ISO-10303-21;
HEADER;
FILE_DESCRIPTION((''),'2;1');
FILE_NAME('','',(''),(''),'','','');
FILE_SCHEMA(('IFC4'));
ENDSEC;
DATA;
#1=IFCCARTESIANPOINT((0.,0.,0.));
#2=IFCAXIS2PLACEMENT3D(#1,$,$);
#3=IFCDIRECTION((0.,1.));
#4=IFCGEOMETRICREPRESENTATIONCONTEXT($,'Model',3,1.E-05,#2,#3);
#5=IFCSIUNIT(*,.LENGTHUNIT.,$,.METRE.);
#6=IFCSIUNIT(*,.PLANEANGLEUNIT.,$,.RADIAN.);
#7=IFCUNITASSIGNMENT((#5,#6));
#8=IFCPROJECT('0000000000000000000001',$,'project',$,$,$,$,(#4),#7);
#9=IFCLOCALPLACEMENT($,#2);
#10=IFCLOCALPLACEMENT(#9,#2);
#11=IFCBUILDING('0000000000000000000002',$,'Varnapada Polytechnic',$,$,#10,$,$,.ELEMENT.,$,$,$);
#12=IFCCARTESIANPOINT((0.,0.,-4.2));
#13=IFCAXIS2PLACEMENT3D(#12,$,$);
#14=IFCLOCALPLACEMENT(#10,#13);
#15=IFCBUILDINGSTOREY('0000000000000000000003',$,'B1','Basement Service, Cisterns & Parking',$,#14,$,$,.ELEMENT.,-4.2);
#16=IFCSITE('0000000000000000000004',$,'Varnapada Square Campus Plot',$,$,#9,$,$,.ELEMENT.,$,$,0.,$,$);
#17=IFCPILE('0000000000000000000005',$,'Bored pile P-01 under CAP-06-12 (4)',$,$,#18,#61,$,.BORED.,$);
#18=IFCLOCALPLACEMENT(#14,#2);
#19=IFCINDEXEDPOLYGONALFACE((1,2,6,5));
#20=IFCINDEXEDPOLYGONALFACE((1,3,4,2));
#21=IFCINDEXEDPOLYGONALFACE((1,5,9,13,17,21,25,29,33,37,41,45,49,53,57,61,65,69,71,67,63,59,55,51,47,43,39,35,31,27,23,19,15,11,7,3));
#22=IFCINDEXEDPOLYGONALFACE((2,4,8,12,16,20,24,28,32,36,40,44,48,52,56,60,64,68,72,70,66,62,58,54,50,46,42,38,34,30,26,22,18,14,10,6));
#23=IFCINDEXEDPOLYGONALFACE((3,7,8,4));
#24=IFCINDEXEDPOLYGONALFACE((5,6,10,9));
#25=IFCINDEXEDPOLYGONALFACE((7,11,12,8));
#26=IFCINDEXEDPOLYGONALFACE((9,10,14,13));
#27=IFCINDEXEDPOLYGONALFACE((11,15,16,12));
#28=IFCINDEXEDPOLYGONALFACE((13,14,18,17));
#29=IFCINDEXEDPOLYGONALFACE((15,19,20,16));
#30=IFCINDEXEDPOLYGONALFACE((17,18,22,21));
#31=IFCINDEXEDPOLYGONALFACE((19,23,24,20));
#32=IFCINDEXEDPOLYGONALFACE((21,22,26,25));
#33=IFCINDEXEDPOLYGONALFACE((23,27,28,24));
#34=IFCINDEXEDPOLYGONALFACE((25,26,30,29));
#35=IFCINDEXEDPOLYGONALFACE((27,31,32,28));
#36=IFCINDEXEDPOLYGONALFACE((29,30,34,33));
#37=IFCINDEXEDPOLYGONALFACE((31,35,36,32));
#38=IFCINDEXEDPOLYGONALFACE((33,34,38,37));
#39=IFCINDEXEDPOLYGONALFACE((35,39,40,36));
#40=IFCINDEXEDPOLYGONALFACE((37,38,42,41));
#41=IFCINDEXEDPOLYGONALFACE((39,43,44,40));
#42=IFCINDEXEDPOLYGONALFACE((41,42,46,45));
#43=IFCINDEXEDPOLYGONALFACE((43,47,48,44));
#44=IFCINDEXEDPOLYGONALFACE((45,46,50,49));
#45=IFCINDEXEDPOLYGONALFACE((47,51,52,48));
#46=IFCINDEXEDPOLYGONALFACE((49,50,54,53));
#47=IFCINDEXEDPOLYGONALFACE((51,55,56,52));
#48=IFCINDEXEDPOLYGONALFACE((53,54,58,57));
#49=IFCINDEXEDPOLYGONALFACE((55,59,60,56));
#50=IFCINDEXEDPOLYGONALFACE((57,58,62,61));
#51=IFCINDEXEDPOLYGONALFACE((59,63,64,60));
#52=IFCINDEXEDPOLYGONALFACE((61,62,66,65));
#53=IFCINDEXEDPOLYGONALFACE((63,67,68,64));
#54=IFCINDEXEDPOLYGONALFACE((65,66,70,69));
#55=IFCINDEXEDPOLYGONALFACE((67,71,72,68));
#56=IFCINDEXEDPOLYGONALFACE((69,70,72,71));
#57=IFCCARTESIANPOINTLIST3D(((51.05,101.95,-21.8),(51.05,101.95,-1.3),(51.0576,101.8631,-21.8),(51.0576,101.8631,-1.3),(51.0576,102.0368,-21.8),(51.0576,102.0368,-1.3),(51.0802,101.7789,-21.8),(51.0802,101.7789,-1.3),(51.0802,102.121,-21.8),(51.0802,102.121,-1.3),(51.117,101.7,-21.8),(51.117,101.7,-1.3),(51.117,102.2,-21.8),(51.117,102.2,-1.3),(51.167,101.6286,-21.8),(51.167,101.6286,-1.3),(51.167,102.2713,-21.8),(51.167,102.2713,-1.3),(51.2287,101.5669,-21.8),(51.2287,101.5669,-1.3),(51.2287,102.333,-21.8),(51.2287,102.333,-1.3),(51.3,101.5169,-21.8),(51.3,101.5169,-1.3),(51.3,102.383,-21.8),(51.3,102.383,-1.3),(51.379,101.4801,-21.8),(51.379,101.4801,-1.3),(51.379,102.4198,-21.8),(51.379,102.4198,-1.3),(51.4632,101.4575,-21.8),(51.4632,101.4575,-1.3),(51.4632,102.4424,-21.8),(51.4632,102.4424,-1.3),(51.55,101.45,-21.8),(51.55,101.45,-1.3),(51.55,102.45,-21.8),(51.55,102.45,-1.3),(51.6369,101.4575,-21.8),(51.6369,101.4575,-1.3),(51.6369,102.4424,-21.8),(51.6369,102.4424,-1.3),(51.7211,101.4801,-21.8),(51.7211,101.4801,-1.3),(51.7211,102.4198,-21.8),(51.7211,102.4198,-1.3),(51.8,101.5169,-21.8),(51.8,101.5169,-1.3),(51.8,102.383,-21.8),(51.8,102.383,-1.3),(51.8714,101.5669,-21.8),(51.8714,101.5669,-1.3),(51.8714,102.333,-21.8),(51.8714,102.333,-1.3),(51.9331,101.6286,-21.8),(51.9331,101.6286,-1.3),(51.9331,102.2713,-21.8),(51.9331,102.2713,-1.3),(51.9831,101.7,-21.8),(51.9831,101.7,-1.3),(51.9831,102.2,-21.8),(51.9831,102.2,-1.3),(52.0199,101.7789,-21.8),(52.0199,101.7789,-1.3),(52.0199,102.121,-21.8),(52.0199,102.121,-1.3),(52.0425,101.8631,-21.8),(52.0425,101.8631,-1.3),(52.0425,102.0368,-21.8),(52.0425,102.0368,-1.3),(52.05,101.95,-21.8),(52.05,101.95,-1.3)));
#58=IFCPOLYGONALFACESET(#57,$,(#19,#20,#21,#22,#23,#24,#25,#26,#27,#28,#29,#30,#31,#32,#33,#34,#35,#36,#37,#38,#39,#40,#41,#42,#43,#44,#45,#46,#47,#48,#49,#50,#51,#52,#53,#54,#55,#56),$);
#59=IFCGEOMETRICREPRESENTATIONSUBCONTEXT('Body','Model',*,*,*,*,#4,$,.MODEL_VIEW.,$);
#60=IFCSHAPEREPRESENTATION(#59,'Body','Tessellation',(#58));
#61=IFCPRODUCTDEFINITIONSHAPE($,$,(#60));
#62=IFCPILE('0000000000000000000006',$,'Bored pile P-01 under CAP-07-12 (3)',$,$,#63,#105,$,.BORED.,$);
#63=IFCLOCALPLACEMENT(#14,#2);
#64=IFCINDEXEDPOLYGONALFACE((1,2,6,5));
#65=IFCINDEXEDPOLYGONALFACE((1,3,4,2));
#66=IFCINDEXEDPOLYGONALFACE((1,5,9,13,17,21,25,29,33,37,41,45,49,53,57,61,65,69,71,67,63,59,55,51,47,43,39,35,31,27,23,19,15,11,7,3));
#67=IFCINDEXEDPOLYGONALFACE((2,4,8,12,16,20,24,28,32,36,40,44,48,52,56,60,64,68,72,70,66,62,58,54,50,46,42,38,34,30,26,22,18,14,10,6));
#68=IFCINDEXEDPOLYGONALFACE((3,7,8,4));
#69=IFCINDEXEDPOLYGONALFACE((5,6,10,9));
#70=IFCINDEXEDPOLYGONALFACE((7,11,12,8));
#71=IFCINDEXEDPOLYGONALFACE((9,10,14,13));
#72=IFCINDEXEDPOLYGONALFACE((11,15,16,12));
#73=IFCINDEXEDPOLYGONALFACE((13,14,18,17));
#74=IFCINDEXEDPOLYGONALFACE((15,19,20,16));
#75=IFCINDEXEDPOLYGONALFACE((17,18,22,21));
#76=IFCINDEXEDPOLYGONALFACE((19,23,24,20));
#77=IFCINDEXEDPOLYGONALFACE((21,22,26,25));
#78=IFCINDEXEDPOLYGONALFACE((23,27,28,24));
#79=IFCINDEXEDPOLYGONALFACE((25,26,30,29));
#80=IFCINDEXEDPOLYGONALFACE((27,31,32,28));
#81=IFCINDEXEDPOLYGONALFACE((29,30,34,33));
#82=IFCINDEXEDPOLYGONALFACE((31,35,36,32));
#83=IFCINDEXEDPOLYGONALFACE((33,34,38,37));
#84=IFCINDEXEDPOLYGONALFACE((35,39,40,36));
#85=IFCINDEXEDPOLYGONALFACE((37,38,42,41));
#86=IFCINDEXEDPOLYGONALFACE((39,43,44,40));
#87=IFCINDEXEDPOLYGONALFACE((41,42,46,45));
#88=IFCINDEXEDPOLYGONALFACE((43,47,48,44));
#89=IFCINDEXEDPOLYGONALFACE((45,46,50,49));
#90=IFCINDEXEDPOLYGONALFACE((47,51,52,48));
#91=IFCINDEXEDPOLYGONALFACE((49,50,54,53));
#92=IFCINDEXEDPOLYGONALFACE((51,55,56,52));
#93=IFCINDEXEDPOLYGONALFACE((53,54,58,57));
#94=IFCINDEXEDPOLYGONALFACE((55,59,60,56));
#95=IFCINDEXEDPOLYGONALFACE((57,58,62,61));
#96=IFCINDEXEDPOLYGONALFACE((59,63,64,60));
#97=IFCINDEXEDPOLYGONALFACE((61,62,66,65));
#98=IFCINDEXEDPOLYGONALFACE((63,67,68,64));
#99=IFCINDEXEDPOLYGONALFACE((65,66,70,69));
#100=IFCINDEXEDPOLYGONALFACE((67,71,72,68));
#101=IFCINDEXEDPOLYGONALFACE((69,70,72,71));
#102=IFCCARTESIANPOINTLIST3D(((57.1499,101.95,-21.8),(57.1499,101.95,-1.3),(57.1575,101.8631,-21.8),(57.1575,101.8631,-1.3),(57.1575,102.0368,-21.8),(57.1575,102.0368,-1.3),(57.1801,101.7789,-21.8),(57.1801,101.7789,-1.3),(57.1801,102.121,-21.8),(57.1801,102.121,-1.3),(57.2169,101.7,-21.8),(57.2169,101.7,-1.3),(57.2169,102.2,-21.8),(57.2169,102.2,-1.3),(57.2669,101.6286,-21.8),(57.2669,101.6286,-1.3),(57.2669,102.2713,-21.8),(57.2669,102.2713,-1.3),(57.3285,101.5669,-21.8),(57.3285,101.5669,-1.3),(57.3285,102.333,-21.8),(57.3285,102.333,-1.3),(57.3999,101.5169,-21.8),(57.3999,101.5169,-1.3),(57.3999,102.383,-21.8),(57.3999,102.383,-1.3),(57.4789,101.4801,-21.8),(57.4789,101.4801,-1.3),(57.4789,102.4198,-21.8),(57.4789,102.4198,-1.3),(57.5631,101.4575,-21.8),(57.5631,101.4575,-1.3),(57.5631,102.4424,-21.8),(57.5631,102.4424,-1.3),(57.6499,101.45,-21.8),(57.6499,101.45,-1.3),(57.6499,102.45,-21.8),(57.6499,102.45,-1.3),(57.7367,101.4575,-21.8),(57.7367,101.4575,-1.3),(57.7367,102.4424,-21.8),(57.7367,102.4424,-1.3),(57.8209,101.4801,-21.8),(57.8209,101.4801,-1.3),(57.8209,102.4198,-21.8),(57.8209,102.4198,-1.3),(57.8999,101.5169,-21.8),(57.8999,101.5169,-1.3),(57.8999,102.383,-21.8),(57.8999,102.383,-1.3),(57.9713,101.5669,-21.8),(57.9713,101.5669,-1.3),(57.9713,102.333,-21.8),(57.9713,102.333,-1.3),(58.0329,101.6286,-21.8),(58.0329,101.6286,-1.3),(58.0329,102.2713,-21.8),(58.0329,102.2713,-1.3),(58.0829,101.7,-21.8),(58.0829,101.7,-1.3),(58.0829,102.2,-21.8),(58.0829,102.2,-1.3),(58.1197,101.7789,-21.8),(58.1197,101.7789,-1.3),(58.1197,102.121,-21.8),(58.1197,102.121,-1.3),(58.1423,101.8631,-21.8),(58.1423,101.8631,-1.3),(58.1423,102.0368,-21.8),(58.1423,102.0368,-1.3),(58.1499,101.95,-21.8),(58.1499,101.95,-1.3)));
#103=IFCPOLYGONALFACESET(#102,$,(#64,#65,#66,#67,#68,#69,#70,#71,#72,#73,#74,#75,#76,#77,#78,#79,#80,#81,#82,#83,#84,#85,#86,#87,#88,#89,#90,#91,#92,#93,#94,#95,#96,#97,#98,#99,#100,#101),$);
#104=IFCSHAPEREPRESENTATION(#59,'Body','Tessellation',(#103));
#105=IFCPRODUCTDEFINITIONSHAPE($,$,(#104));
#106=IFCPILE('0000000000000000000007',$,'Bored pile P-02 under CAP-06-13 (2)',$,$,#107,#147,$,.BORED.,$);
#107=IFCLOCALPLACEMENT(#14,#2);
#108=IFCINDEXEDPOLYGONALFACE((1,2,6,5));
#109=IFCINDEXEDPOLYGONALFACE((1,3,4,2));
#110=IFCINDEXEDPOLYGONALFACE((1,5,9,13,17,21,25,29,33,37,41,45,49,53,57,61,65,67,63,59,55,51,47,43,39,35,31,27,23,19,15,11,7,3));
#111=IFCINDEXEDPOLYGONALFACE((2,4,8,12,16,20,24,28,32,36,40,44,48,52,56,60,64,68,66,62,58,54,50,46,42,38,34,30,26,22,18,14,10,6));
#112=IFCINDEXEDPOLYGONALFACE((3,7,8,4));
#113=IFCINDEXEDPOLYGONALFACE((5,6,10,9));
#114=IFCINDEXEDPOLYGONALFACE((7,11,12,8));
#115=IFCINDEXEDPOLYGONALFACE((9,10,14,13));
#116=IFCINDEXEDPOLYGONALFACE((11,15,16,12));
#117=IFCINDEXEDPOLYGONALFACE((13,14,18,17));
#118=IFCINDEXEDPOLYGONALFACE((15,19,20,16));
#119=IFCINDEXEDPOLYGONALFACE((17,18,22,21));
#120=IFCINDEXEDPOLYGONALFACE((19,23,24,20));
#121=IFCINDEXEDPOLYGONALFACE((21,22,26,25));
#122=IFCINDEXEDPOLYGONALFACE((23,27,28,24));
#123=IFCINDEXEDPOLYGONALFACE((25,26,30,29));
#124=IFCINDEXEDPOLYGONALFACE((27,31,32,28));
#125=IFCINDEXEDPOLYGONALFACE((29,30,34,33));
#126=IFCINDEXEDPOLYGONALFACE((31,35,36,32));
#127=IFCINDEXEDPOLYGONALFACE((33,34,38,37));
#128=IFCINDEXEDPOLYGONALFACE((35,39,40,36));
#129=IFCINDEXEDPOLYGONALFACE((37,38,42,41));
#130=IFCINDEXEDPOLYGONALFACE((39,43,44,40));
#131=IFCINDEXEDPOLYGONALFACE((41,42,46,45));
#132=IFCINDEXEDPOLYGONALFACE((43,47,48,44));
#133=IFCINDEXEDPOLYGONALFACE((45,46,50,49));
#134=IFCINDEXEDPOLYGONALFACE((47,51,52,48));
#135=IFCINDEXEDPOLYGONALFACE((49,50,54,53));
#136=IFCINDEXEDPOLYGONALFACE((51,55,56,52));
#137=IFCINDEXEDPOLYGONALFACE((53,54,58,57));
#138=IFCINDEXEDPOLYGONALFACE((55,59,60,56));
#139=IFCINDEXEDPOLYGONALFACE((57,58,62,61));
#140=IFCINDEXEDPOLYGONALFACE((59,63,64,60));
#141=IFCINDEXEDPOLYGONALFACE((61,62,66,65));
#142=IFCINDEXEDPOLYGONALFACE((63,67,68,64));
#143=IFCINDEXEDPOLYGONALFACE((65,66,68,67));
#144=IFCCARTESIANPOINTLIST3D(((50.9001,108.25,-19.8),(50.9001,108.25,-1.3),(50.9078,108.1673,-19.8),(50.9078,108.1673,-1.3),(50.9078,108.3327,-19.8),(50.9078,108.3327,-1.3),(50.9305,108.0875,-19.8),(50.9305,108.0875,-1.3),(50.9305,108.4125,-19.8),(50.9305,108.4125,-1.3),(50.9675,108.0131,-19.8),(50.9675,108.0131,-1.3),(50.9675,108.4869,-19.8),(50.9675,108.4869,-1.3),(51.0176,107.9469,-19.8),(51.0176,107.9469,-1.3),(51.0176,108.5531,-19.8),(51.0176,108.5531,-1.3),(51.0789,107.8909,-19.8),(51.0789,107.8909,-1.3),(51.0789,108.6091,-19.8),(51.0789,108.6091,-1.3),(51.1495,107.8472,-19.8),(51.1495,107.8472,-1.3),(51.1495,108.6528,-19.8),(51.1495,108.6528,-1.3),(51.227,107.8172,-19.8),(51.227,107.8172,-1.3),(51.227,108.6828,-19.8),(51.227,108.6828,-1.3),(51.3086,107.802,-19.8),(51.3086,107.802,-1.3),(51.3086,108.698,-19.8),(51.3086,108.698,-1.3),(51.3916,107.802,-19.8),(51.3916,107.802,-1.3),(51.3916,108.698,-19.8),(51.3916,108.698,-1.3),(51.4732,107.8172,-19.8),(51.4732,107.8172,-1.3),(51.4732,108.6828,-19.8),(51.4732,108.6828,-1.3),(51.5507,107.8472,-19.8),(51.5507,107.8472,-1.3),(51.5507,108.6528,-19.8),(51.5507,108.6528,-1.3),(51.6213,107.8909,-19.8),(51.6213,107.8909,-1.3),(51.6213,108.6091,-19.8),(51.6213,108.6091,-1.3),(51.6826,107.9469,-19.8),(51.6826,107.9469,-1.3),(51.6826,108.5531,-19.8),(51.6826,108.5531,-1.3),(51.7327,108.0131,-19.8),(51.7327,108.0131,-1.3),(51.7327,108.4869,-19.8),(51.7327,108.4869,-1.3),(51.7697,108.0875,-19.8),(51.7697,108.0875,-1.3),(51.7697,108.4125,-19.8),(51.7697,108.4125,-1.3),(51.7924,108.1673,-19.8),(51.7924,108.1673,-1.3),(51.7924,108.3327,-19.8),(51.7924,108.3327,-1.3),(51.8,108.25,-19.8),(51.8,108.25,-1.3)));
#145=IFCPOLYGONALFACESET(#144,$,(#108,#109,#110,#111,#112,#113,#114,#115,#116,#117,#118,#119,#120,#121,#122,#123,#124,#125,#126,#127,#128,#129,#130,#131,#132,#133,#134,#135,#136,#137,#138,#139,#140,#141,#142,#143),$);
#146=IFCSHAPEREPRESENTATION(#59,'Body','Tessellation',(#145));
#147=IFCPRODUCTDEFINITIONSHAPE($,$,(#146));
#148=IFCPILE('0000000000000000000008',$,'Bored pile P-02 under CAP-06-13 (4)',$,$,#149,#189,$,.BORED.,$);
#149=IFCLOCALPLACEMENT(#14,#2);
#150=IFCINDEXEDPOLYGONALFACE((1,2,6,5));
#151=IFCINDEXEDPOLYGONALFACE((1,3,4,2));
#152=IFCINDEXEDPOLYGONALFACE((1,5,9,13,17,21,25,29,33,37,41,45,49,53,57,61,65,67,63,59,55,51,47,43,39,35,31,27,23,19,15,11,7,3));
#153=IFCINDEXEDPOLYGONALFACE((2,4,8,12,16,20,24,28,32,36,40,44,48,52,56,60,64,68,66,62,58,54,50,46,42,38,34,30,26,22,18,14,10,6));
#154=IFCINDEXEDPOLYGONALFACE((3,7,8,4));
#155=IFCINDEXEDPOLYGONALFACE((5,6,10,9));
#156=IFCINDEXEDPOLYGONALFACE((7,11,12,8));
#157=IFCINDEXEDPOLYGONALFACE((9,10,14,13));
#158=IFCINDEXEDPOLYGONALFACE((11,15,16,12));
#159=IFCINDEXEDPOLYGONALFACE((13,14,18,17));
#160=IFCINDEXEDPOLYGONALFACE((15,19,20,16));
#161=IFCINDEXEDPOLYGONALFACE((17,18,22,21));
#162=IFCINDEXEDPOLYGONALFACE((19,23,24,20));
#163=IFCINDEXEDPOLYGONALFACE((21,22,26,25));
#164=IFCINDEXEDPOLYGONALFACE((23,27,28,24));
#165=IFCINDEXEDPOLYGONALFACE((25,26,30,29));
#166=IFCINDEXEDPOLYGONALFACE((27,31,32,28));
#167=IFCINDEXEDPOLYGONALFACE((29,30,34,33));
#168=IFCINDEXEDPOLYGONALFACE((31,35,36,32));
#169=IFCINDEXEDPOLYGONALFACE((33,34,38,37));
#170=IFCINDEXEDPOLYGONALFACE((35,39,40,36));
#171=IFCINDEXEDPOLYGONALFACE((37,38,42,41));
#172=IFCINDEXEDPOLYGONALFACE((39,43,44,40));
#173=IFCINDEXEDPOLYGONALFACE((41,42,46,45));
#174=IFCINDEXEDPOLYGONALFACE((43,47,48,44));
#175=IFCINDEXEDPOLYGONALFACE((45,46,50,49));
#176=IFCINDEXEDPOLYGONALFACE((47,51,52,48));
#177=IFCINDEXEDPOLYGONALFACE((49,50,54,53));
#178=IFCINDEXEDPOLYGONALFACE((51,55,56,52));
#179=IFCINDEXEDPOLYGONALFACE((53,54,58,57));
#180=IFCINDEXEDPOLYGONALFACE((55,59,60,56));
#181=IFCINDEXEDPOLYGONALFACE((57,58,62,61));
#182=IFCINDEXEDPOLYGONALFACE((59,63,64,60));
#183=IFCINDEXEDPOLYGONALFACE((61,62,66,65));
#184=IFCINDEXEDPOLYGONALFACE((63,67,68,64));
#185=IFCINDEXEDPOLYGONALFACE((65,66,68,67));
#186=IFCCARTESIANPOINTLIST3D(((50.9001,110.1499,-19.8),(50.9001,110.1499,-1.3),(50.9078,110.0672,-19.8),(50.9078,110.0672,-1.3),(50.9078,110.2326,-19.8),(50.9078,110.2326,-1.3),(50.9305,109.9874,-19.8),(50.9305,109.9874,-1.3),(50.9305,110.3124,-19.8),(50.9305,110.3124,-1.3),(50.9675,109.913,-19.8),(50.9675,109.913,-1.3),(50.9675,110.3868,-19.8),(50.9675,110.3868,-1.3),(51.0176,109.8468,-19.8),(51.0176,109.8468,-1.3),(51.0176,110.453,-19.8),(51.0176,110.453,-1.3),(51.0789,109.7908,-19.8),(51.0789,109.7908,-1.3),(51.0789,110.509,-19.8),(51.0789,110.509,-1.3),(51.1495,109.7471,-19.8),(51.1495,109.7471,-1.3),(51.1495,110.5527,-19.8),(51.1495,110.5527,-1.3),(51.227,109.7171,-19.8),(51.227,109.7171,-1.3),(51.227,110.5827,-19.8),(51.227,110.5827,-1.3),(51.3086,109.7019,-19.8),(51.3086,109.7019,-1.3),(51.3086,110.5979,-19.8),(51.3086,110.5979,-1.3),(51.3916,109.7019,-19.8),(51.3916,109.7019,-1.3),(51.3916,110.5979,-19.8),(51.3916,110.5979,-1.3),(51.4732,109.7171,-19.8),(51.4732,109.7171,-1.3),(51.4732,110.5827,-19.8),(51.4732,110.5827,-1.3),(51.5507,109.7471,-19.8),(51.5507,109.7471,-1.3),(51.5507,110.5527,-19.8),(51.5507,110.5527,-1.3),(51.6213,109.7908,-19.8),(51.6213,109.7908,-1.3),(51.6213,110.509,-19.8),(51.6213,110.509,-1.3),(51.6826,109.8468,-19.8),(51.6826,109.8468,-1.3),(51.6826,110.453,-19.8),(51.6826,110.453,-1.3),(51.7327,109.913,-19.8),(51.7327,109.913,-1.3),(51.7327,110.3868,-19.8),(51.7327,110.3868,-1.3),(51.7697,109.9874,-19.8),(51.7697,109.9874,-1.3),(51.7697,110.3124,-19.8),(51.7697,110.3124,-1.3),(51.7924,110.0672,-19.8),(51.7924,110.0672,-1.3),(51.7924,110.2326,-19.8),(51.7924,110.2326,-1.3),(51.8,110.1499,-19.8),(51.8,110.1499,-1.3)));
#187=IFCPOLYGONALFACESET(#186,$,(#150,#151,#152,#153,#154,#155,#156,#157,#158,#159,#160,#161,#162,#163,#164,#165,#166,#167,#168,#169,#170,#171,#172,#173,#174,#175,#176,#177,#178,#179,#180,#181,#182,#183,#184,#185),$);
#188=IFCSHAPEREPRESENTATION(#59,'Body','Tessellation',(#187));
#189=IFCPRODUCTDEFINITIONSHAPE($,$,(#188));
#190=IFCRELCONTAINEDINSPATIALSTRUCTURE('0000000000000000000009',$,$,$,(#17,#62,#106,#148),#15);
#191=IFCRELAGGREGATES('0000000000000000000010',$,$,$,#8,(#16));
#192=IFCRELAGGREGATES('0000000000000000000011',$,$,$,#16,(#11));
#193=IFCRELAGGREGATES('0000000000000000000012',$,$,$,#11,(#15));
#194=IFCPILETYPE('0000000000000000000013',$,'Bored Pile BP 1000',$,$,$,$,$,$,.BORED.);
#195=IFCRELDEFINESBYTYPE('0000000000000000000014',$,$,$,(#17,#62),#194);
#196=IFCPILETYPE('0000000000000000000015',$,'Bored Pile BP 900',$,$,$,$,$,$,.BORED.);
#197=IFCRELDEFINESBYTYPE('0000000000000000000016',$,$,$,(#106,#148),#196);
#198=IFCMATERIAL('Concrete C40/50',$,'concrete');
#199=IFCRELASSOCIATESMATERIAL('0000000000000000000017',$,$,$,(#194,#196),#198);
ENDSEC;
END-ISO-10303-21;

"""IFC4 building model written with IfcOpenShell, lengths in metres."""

from ifc_helpers import new_model, si_unit, direction, frame, origin, origin_2d, place, context, subcontext, project, spatial, circle, extrude, material, material_profile, profile_set, type_object, element, save


model = new_model("IFC4")

# Units and contexts
model_context = context("Model", 3, precision=1e-05, world=origin(), true_north=direction((0.0, 1.0)))
body_context = subcontext(model_context, "Body", "Model", "MODEL_VIEW")
ifc_project = project(units=[si_unit("LENGTHUNIT", "METRE"), si_unit("PLANEANGLEUNIT", "RADIAN")], contexts=[model_context])

# Site, building, storey
site_placement = place(None, origin())
site = spatial("IfcSite", under=ifc_project, at=site_placement, Name="Varnapada Square Campus Plot", CompositionType="ELEMENT", RefElevation=0.0)
building_placement = place(site_placement, origin())
building = spatial("IfcBuilding", under=site, at=building_placement, Name="Varnapada Polytechnic", CompositionType="ELEMENT")
storey_placement = place(building_placement, frame((0.0, 0.0, -4.2)))
storey = spatial("IfcBuildingStorey", under=building, at=storey_placement, Name="B1", Description="Basement Service, Cisterns & Parking", CompositionType="ELEMENT", Elevation=-4.2)

# Piles
ifc_material_1 = material(Name="Concrete C40/50", Category="concrete")
ifc_material_profile_1 = material_profile(ifc_material_1, circle(Radius=0.5, at=origin_2d()), Name="BP 1000")
ifc_profile_set_1 = profile_set([ifc_material_profile_1], Name="Concrete C40/50")
pile_type_1 = type_object("IfcPileType", Name="Bored Pile BP 1000", PredefinedType="BORED", material=ifc_profile_set_1)
for number, where, z_axis, x_axis, name in (
    (1, (51.55, 101.95, -1.3), (0.0, 0.0, -1.0), (1.0, 0.0, 0.0), "Bored pile P-01 under CAP-06-12 (4)"),
    (2, (57.6499, 101.95, -1.3), (0.0, 0.0, -1.0), (1.0, 0.0, 0.0), "Bored pile P-01 under CAP-07-12 (3)"),
):
    element("IfcPile", number, at=place(storey_placement, frame(where, z_axis=z_axis, x_axis=x_axis)), inside=storey, type_object=pile_type_1, Name=name, PredefinedType="BORED", context=body_context, shape_type="SweptSolid", body=[
        extrude(circle(Radius=0.5, at=origin_2d()), origin(), (0.0, 0.0, 1.0), 20.5),
    ])
ifc_material_profile_2 = material_profile(ifc_material_1, circle(Radius=0.45, at=origin_2d()), Name="BP 900")
ifc_profile_set_2 = profile_set([ifc_material_profile_2], Name="Concrete C40/50")
pile_type_2 = type_object("IfcPileType", Name="Bored Pile BP 900", PredefinedType="BORED", material=ifc_profile_set_2)
for number, where, z_axis, x_axis, name in (
    (3, (51.3501, 108.25, -1.3), (0.0, 0.0, -1.0), (1.0, 0.0, 0.0), "Bored pile P-02 under CAP-06-13 (2)"),
    (4, (51.3501, 110.1499, -1.3), (0.0, 0.0, -1.0), (1.0, 0.0, 0.0), "Bored pile P-02 under CAP-06-13 (4)"),
):
    element("IfcPile", number, at=place(storey_placement, frame(where, z_axis=z_axis, x_axis=x_axis)), inside=storey, type_object=pile_type_2, Name=name, PredefinedType="BORED", context=body_context, shape_type="SweptSolid", body=[
        extrude(circle(Radius=0.45, at=origin_2d()), origin(), (0.0, 0.0, 1.0), 18.5),
    ])

save(model, "model.ifc")
